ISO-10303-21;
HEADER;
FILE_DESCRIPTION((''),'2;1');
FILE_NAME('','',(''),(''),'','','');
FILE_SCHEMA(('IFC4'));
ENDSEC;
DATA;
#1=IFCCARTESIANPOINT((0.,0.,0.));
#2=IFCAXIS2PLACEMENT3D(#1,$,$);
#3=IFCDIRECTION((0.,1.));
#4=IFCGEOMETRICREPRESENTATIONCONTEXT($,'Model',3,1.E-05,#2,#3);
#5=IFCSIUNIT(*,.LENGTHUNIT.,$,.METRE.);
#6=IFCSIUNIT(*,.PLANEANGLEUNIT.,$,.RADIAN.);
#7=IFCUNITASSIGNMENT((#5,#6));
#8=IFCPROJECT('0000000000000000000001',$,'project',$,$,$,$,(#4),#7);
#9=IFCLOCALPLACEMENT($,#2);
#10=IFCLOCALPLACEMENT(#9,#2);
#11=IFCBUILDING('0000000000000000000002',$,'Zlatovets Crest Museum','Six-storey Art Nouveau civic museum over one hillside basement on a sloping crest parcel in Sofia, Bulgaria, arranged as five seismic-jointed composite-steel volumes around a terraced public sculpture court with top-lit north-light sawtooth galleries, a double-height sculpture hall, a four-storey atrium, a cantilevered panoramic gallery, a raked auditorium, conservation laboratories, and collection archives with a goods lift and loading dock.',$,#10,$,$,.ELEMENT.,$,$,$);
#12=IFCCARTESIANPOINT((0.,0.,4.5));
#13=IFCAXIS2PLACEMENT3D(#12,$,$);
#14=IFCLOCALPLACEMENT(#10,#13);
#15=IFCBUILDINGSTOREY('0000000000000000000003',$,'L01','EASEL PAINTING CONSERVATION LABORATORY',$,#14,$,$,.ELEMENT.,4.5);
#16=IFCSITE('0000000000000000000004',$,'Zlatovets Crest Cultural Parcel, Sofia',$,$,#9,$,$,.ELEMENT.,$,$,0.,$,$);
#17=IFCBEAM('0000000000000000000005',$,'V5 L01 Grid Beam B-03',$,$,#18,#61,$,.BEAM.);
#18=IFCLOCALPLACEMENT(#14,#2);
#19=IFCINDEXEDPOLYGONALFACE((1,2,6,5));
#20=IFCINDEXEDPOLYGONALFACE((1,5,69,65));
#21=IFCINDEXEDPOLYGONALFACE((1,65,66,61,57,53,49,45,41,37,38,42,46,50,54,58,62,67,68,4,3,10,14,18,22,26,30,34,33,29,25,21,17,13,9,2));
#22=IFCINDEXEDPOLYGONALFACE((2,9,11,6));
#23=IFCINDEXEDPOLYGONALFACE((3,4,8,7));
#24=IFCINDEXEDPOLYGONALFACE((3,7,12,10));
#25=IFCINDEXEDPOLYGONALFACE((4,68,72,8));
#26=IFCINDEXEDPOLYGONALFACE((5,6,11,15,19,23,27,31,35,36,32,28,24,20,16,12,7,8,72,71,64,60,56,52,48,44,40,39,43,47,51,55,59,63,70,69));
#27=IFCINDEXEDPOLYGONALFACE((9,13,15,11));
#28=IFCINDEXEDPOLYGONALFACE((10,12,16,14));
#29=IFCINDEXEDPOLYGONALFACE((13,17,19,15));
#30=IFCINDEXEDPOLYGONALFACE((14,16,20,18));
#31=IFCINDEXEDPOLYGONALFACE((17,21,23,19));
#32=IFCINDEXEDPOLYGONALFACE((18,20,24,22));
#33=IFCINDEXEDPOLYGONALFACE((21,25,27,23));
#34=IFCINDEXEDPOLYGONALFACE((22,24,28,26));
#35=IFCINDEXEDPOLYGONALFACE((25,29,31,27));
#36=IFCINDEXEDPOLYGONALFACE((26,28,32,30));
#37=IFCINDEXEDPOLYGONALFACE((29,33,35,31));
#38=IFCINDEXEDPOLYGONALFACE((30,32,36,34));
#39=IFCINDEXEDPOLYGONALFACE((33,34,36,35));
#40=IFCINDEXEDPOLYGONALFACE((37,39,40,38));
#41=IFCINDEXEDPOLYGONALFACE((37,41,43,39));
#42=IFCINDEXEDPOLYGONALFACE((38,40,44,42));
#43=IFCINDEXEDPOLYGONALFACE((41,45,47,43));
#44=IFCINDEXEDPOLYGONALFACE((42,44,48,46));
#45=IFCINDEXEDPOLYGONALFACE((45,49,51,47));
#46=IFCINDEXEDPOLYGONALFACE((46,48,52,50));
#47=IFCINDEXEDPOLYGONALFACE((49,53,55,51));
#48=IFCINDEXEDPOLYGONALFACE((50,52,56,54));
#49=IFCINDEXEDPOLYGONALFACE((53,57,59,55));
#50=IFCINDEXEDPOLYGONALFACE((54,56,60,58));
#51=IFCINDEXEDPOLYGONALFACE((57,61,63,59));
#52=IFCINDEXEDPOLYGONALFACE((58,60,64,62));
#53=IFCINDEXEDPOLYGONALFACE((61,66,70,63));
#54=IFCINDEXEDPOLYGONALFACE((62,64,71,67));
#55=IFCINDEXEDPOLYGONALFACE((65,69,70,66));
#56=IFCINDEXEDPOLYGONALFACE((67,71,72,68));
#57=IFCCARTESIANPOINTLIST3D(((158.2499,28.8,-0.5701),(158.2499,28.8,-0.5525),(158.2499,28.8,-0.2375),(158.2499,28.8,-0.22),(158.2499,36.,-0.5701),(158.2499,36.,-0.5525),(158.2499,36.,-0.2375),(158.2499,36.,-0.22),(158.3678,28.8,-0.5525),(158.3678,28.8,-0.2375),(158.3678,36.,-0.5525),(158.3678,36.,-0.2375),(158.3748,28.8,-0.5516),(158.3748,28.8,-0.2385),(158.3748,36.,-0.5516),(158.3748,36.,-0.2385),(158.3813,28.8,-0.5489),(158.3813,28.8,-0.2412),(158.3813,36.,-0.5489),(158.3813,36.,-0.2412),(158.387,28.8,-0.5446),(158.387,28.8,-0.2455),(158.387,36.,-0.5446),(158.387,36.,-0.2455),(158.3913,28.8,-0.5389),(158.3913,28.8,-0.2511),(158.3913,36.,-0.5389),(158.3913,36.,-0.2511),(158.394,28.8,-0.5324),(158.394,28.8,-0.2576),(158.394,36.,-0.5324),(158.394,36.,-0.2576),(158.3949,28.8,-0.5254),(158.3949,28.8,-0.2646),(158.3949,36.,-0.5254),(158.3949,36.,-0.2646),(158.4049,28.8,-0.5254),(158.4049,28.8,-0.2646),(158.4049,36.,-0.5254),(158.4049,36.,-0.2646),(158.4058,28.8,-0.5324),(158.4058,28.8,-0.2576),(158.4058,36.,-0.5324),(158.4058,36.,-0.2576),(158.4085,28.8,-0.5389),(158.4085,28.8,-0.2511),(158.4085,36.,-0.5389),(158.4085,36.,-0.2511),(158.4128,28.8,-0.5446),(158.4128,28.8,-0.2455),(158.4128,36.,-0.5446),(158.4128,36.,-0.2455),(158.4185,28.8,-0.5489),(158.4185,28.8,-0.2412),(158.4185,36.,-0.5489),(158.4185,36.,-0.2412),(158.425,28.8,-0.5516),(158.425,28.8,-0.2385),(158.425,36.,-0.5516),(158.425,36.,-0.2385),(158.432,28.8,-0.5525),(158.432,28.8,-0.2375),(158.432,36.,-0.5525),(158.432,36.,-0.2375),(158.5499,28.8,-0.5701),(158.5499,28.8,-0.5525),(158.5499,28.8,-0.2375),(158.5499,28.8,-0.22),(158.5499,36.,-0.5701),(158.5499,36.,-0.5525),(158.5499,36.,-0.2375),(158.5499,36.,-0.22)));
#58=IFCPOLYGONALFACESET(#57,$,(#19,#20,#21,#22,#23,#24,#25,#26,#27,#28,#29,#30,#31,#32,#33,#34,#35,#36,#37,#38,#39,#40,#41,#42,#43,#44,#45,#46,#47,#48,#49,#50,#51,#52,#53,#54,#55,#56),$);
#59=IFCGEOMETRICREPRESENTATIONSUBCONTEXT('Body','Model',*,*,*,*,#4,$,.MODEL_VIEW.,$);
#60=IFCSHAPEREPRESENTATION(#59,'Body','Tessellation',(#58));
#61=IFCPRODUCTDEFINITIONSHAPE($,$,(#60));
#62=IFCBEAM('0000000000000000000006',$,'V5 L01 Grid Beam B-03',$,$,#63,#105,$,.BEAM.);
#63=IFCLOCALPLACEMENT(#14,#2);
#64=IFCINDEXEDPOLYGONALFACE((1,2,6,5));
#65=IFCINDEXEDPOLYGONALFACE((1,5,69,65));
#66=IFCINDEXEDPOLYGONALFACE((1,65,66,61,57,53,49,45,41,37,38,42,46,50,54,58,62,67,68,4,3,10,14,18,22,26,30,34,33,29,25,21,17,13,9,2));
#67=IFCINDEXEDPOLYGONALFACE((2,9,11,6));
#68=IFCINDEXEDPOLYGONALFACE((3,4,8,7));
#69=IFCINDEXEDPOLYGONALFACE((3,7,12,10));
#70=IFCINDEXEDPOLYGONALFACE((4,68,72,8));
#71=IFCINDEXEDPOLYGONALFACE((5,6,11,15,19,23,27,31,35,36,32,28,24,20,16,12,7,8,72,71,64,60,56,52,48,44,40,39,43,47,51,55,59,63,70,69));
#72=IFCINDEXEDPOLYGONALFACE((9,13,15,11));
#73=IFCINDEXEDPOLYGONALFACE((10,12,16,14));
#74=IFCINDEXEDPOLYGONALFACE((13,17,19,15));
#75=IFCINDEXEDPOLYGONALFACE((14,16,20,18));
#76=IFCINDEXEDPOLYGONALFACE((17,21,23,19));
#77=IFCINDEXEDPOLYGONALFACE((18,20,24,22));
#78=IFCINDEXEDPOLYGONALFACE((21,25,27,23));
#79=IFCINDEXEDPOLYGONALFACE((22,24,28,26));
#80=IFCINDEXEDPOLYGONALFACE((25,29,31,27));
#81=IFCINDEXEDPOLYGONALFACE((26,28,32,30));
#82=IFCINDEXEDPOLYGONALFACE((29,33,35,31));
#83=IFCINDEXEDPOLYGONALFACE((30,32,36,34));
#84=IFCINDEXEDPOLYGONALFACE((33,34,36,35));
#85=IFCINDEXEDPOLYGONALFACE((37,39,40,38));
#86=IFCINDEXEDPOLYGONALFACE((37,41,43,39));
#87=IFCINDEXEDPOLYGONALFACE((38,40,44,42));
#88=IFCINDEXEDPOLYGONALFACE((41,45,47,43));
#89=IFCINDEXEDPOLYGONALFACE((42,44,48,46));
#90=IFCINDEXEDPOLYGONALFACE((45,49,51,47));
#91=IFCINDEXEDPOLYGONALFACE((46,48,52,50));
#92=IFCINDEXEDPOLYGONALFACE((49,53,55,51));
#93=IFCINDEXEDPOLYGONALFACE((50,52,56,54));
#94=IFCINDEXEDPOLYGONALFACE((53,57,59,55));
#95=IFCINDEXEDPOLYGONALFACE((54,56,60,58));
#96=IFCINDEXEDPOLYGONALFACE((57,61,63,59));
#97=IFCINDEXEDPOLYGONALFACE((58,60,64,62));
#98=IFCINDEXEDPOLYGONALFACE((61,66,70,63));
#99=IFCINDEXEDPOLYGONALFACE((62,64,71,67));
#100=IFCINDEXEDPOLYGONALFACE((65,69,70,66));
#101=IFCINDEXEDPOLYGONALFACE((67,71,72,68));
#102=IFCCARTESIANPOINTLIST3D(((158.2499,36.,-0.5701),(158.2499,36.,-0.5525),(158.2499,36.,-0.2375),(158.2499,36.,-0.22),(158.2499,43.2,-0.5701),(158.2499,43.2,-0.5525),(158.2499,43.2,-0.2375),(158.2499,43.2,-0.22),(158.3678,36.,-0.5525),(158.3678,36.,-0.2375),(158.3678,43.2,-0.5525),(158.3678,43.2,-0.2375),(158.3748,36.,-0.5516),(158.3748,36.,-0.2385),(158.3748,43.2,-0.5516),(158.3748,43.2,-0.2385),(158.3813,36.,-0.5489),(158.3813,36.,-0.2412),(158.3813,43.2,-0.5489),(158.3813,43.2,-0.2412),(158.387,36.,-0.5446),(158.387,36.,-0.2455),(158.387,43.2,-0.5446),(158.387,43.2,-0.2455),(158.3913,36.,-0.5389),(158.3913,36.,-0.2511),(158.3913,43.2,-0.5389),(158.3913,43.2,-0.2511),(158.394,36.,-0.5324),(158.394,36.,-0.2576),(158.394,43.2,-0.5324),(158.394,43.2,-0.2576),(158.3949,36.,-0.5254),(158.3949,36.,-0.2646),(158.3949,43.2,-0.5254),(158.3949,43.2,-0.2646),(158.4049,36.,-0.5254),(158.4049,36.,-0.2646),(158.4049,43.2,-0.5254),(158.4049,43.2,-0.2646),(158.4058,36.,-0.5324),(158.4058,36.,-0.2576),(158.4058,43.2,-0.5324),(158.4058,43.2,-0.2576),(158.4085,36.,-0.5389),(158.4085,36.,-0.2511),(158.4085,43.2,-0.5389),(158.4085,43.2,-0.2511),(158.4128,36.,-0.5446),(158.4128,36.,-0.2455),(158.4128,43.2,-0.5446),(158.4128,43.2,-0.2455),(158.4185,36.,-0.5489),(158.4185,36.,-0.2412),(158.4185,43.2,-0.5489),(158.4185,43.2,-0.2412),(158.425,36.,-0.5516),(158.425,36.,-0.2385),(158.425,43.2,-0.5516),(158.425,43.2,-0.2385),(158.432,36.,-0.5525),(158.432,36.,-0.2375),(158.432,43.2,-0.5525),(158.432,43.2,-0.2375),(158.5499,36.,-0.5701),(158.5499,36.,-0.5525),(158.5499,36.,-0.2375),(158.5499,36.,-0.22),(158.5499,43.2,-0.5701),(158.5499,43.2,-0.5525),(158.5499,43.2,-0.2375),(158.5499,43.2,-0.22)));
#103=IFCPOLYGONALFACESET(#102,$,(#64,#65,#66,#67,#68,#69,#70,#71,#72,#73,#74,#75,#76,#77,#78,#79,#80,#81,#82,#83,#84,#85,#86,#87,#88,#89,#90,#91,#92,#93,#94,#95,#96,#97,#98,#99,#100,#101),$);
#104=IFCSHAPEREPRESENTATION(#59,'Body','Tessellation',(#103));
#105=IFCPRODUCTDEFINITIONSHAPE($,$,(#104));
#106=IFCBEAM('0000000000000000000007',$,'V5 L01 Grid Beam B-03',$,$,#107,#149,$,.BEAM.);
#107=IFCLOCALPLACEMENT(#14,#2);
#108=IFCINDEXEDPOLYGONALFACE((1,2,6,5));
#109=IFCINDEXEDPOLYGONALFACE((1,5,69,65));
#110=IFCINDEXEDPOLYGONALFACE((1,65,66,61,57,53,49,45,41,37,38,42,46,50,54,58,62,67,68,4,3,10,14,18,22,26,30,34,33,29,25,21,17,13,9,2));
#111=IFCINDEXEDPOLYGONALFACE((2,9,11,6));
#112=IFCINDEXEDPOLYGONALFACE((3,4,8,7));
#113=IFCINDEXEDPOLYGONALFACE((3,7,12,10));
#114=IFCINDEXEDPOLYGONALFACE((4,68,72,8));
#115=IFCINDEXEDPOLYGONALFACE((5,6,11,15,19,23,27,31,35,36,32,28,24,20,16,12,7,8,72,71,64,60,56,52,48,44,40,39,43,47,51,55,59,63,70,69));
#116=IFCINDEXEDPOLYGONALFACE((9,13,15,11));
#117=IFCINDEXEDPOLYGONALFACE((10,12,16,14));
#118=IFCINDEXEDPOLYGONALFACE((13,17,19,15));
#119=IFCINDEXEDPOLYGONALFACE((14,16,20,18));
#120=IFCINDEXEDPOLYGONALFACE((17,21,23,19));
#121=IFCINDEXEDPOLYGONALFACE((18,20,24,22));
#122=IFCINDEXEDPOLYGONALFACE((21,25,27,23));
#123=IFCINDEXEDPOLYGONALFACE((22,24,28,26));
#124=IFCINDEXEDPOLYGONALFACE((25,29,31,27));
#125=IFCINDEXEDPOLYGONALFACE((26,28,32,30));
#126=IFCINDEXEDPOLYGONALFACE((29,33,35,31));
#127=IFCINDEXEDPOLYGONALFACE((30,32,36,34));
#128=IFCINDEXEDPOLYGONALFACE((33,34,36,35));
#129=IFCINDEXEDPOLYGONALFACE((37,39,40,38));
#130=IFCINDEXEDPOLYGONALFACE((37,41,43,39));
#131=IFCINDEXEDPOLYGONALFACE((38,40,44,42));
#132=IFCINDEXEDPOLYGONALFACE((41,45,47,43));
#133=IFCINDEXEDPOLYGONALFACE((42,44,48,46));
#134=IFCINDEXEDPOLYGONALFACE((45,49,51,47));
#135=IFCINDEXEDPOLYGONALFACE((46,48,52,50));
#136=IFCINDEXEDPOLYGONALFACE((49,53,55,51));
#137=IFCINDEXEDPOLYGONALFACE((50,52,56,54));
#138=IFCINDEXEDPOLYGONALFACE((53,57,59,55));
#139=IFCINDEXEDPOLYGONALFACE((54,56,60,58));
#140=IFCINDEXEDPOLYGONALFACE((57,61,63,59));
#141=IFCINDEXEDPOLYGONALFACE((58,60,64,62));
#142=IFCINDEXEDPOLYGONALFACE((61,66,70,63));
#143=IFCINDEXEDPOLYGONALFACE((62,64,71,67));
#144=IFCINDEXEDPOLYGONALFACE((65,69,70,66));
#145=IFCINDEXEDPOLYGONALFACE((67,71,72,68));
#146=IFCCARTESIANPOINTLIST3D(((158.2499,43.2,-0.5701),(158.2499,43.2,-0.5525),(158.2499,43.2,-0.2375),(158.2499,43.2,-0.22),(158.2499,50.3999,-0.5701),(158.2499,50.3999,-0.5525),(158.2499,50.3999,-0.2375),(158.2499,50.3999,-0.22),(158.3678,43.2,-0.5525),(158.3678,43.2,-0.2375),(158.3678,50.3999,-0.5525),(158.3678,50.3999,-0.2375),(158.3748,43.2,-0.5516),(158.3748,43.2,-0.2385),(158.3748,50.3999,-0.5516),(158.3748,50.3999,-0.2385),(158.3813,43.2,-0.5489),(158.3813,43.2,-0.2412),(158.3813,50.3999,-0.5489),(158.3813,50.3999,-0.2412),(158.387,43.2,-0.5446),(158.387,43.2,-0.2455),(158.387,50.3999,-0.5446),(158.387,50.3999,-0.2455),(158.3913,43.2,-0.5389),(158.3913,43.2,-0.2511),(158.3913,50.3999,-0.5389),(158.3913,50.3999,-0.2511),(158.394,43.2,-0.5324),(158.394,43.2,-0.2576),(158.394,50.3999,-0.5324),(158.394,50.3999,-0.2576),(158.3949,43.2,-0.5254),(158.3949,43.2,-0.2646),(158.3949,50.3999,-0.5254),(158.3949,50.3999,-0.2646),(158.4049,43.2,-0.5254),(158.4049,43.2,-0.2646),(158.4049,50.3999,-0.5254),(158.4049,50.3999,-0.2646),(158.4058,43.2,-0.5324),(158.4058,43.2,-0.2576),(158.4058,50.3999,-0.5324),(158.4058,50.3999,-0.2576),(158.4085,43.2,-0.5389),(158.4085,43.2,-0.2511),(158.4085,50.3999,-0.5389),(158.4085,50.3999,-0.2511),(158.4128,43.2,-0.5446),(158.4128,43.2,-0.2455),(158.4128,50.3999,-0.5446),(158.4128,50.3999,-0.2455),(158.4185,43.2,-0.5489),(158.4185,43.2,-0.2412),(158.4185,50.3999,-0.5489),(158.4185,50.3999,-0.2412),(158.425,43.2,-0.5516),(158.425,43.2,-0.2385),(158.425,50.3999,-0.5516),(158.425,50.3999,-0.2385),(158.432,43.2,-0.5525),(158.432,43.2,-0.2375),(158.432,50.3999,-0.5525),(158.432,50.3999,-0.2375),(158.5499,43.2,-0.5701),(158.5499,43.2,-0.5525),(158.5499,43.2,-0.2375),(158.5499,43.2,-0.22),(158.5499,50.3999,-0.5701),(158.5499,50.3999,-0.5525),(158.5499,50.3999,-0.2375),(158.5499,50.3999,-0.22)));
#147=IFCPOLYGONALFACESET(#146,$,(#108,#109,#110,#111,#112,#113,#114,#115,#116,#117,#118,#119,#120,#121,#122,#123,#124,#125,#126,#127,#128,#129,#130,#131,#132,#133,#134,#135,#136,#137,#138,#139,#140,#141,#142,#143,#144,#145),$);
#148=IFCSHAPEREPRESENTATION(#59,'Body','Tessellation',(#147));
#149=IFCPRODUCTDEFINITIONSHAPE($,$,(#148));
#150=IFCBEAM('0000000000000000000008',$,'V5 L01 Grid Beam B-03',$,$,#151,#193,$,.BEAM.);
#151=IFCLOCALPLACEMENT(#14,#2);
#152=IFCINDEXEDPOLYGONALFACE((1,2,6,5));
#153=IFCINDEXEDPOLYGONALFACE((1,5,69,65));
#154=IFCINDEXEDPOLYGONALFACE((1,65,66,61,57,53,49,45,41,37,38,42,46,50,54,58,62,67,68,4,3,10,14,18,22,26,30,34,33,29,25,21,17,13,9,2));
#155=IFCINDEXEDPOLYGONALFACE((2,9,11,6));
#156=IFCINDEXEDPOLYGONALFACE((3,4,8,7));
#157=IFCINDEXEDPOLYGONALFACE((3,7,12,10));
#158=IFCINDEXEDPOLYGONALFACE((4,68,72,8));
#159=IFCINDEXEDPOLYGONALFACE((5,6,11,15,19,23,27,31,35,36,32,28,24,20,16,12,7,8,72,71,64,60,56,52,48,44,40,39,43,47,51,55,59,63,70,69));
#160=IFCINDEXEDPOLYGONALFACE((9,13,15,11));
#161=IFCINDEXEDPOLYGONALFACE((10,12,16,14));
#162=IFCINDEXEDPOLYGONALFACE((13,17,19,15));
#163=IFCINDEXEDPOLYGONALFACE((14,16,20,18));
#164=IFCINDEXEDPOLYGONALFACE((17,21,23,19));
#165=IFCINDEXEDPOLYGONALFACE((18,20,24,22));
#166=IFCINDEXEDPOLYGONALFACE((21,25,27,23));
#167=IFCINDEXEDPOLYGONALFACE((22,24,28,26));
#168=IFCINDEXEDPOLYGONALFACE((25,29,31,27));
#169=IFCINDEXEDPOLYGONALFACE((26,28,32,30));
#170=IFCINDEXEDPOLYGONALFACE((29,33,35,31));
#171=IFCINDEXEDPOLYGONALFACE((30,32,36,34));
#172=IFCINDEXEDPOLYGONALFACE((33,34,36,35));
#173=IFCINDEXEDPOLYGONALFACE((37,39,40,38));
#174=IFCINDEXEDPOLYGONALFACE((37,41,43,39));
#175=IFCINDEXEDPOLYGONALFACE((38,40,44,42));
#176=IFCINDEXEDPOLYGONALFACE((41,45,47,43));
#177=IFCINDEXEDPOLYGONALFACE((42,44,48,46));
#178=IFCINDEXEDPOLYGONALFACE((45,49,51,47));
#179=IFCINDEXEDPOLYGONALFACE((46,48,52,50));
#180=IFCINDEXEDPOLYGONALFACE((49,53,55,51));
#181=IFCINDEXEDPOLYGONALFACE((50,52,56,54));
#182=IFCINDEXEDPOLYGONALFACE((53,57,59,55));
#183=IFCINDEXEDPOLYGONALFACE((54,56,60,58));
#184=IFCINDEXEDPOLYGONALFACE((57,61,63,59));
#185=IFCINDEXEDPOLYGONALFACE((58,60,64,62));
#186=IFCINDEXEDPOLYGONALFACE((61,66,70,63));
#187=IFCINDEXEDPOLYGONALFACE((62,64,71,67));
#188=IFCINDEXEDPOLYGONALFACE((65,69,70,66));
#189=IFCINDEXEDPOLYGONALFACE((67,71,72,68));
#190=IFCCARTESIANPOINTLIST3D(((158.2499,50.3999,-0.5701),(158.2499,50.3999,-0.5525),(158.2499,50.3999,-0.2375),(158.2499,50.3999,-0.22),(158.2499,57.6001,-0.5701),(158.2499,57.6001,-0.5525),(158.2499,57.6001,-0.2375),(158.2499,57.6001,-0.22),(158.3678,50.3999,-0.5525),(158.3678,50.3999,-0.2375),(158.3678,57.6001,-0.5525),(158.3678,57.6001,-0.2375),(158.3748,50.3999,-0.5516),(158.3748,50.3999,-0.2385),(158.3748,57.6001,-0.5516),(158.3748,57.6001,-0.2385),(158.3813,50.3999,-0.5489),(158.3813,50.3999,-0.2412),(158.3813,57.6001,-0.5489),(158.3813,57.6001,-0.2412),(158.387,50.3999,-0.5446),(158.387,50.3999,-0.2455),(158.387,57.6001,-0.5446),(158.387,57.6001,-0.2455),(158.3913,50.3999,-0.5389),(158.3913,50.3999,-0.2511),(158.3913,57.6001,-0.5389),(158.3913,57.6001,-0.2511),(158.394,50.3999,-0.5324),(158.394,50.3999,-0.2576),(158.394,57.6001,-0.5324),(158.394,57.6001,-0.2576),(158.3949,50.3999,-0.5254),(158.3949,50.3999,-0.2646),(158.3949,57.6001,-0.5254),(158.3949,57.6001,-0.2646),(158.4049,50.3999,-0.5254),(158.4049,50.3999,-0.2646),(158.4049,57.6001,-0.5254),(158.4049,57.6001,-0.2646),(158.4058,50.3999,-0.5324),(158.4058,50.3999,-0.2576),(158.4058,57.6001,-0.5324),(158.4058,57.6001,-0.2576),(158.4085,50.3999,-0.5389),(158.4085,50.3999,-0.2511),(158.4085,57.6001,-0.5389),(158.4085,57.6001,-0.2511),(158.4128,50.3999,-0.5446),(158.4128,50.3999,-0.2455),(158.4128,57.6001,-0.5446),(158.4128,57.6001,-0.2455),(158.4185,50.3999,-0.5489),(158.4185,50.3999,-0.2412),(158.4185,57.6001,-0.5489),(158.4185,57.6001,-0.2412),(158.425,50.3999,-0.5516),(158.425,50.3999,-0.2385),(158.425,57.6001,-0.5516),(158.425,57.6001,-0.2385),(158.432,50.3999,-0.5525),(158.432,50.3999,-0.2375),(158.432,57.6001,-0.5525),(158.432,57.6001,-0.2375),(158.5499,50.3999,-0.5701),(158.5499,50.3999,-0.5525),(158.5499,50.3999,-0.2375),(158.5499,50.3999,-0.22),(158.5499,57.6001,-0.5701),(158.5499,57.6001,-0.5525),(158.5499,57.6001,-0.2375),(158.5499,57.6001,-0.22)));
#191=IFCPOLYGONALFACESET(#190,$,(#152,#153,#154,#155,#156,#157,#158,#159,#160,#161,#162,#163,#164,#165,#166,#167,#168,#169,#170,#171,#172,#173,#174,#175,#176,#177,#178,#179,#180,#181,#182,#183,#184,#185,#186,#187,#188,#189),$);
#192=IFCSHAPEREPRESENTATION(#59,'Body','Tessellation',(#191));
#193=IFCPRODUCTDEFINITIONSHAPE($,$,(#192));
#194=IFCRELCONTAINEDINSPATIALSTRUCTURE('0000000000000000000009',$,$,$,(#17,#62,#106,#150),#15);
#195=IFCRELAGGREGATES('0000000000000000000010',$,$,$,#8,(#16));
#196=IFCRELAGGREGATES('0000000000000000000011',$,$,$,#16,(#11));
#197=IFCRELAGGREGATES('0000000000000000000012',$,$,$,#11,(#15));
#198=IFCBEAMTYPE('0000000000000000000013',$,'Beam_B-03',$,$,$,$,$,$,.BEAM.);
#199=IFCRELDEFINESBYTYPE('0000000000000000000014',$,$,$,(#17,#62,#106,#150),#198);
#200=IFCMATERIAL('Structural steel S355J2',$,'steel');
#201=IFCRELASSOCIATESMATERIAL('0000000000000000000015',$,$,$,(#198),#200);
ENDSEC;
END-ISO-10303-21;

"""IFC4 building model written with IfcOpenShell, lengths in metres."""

from ifc_helpers import new_model, si_unit, direction, frame, origin, origin_2d, place, context, subcontext, project, spatial, i_section, extrude, material, material_profile, profile_set, type_object, element, save


model = new_model("IFC4")

# Units and contexts
model_context = context("Model", 3, precision=1e-05, world=origin(), true_north=direction((0.0, 1.0)))
body_context = subcontext(model_context, "Body", "Model", "MODEL_VIEW")
ifc_project = project(units=[si_unit("LENGTHUNIT", "METRE"), si_unit("PLANEANGLEUNIT", "RADIAN")], contexts=[model_context])

# Site, building, storey
site_placement = place(None, origin())
site = spatial("IfcSite", under=ifc_project, at=site_placement, Name="Zlatovets Crest Cultural Parcel, Sofia", CompositionType="ELEMENT", RefElevation=0.0)
building_placement = place(site_placement, origin())
building = spatial("IfcBuilding", under=site, at=building_placement, Name="Zlatovets Crest Museum", Description="Six-storey Art Nouveau civic museum over one hillside basement on a sloping crest parcel in Sofia, Bulgaria, arranged as five seismic-jointed composite-steel volumes around a terraced public sculpture court with top-lit north-light sawtooth galleries, a double-height sculpture hall, a four-storey atrium, a cantilevered panoramic gallery, a raked auditorium, conservation laboratories, and collection archives with a goods lift and loading dock.", CompositionType="ELEMENT")
storey_placement = place(building_placement, frame((0.0, 0.0, 4.5)))
storey = spatial("IfcBuildingStorey", under=building, at=storey_placement, Name="L01", Description="EASEL PAINTING CONSERVATION LABORATORY", CompositionType="ELEMENT", Elevation=4.5)

# Shared definitions
ifc_material_1 = material(Name="Structural steel S355J2", Category="steel")

# Beams
ifc_material_profile_1 = material_profile(ifc_material_1, i_section(OverallWidth=0.3, OverallDepth=0.3501, WebThickness=0.01, FlangeThickness=0.0176, FilletRadius=0.0271, at=origin_2d()), Name="HEA 360")
ifc_profile_set_1 = profile_set([ifc_material_profile_1], Name="Structural steel S355J2")
beam_type_1 = type_object("IfcBeamType", Name="Beam_B-03", PredefinedType="BEAM", material=ifc_profile_set_1)
for number, where, z_axis, x_axis, name in (
    (1, (158.3999, 28.8, -0.395), (0.0, 1.0, 0.0), (-1.0, 0.0, 0.0), "V5 L01 Grid Beam B-03"),
    (2, (158.3999, 36.0, -0.395), (0.0, 1.0, 0.0), (-1.0, 0.0, 0.0), "V5 L01 Grid Beam B-03"),
    (3, (158.3999, 43.2, -0.395), (0.0, 1.0, 0.0), (-1.0, 0.0, 0.0), "V5 L01 Grid Beam B-03"),
):
    element("IfcBeam", number, at=place(storey_placement, frame(where, z_axis=z_axis, x_axis=x_axis)), inside=storey, type_object=beam_type_1, Name=name, PredefinedType="BEAM", context=body_context, shape_type="SweptSolid", body=[
        extrude(i_section(OverallWidth=0.3, OverallDepth=0.3501, WebThickness=0.01, FlangeThickness=0.0176, FilletRadius=0.0271, at=origin_2d()), origin(), (0.0, 0.0, 1.0), 7.2),
    ])
beam_1_placement = place(storey_placement, frame((158.3999, 50.3999, -0.395), z_axis=(0.0, 1.0, 0.0), x_axis=(-1.0, 0.0, 0.0)))
element("IfcBeam", 4, at=beam_1_placement, inside=storey, type_object=beam_type_1, Name="V5 L01 Grid Beam B-03", PredefinedType="BEAM", context=body_context, shape_type="SweptSolid", body=[
    extrude(i_section(OverallWidth=0.3, OverallDepth=0.3501, WebThickness=0.01, FlangeThickness=0.0176, FilletRadius=0.0271, at=origin_2d()), origin(), (0.0, 0.0, 1.0), 7.2002),
])

save(model, "model.ifc")
